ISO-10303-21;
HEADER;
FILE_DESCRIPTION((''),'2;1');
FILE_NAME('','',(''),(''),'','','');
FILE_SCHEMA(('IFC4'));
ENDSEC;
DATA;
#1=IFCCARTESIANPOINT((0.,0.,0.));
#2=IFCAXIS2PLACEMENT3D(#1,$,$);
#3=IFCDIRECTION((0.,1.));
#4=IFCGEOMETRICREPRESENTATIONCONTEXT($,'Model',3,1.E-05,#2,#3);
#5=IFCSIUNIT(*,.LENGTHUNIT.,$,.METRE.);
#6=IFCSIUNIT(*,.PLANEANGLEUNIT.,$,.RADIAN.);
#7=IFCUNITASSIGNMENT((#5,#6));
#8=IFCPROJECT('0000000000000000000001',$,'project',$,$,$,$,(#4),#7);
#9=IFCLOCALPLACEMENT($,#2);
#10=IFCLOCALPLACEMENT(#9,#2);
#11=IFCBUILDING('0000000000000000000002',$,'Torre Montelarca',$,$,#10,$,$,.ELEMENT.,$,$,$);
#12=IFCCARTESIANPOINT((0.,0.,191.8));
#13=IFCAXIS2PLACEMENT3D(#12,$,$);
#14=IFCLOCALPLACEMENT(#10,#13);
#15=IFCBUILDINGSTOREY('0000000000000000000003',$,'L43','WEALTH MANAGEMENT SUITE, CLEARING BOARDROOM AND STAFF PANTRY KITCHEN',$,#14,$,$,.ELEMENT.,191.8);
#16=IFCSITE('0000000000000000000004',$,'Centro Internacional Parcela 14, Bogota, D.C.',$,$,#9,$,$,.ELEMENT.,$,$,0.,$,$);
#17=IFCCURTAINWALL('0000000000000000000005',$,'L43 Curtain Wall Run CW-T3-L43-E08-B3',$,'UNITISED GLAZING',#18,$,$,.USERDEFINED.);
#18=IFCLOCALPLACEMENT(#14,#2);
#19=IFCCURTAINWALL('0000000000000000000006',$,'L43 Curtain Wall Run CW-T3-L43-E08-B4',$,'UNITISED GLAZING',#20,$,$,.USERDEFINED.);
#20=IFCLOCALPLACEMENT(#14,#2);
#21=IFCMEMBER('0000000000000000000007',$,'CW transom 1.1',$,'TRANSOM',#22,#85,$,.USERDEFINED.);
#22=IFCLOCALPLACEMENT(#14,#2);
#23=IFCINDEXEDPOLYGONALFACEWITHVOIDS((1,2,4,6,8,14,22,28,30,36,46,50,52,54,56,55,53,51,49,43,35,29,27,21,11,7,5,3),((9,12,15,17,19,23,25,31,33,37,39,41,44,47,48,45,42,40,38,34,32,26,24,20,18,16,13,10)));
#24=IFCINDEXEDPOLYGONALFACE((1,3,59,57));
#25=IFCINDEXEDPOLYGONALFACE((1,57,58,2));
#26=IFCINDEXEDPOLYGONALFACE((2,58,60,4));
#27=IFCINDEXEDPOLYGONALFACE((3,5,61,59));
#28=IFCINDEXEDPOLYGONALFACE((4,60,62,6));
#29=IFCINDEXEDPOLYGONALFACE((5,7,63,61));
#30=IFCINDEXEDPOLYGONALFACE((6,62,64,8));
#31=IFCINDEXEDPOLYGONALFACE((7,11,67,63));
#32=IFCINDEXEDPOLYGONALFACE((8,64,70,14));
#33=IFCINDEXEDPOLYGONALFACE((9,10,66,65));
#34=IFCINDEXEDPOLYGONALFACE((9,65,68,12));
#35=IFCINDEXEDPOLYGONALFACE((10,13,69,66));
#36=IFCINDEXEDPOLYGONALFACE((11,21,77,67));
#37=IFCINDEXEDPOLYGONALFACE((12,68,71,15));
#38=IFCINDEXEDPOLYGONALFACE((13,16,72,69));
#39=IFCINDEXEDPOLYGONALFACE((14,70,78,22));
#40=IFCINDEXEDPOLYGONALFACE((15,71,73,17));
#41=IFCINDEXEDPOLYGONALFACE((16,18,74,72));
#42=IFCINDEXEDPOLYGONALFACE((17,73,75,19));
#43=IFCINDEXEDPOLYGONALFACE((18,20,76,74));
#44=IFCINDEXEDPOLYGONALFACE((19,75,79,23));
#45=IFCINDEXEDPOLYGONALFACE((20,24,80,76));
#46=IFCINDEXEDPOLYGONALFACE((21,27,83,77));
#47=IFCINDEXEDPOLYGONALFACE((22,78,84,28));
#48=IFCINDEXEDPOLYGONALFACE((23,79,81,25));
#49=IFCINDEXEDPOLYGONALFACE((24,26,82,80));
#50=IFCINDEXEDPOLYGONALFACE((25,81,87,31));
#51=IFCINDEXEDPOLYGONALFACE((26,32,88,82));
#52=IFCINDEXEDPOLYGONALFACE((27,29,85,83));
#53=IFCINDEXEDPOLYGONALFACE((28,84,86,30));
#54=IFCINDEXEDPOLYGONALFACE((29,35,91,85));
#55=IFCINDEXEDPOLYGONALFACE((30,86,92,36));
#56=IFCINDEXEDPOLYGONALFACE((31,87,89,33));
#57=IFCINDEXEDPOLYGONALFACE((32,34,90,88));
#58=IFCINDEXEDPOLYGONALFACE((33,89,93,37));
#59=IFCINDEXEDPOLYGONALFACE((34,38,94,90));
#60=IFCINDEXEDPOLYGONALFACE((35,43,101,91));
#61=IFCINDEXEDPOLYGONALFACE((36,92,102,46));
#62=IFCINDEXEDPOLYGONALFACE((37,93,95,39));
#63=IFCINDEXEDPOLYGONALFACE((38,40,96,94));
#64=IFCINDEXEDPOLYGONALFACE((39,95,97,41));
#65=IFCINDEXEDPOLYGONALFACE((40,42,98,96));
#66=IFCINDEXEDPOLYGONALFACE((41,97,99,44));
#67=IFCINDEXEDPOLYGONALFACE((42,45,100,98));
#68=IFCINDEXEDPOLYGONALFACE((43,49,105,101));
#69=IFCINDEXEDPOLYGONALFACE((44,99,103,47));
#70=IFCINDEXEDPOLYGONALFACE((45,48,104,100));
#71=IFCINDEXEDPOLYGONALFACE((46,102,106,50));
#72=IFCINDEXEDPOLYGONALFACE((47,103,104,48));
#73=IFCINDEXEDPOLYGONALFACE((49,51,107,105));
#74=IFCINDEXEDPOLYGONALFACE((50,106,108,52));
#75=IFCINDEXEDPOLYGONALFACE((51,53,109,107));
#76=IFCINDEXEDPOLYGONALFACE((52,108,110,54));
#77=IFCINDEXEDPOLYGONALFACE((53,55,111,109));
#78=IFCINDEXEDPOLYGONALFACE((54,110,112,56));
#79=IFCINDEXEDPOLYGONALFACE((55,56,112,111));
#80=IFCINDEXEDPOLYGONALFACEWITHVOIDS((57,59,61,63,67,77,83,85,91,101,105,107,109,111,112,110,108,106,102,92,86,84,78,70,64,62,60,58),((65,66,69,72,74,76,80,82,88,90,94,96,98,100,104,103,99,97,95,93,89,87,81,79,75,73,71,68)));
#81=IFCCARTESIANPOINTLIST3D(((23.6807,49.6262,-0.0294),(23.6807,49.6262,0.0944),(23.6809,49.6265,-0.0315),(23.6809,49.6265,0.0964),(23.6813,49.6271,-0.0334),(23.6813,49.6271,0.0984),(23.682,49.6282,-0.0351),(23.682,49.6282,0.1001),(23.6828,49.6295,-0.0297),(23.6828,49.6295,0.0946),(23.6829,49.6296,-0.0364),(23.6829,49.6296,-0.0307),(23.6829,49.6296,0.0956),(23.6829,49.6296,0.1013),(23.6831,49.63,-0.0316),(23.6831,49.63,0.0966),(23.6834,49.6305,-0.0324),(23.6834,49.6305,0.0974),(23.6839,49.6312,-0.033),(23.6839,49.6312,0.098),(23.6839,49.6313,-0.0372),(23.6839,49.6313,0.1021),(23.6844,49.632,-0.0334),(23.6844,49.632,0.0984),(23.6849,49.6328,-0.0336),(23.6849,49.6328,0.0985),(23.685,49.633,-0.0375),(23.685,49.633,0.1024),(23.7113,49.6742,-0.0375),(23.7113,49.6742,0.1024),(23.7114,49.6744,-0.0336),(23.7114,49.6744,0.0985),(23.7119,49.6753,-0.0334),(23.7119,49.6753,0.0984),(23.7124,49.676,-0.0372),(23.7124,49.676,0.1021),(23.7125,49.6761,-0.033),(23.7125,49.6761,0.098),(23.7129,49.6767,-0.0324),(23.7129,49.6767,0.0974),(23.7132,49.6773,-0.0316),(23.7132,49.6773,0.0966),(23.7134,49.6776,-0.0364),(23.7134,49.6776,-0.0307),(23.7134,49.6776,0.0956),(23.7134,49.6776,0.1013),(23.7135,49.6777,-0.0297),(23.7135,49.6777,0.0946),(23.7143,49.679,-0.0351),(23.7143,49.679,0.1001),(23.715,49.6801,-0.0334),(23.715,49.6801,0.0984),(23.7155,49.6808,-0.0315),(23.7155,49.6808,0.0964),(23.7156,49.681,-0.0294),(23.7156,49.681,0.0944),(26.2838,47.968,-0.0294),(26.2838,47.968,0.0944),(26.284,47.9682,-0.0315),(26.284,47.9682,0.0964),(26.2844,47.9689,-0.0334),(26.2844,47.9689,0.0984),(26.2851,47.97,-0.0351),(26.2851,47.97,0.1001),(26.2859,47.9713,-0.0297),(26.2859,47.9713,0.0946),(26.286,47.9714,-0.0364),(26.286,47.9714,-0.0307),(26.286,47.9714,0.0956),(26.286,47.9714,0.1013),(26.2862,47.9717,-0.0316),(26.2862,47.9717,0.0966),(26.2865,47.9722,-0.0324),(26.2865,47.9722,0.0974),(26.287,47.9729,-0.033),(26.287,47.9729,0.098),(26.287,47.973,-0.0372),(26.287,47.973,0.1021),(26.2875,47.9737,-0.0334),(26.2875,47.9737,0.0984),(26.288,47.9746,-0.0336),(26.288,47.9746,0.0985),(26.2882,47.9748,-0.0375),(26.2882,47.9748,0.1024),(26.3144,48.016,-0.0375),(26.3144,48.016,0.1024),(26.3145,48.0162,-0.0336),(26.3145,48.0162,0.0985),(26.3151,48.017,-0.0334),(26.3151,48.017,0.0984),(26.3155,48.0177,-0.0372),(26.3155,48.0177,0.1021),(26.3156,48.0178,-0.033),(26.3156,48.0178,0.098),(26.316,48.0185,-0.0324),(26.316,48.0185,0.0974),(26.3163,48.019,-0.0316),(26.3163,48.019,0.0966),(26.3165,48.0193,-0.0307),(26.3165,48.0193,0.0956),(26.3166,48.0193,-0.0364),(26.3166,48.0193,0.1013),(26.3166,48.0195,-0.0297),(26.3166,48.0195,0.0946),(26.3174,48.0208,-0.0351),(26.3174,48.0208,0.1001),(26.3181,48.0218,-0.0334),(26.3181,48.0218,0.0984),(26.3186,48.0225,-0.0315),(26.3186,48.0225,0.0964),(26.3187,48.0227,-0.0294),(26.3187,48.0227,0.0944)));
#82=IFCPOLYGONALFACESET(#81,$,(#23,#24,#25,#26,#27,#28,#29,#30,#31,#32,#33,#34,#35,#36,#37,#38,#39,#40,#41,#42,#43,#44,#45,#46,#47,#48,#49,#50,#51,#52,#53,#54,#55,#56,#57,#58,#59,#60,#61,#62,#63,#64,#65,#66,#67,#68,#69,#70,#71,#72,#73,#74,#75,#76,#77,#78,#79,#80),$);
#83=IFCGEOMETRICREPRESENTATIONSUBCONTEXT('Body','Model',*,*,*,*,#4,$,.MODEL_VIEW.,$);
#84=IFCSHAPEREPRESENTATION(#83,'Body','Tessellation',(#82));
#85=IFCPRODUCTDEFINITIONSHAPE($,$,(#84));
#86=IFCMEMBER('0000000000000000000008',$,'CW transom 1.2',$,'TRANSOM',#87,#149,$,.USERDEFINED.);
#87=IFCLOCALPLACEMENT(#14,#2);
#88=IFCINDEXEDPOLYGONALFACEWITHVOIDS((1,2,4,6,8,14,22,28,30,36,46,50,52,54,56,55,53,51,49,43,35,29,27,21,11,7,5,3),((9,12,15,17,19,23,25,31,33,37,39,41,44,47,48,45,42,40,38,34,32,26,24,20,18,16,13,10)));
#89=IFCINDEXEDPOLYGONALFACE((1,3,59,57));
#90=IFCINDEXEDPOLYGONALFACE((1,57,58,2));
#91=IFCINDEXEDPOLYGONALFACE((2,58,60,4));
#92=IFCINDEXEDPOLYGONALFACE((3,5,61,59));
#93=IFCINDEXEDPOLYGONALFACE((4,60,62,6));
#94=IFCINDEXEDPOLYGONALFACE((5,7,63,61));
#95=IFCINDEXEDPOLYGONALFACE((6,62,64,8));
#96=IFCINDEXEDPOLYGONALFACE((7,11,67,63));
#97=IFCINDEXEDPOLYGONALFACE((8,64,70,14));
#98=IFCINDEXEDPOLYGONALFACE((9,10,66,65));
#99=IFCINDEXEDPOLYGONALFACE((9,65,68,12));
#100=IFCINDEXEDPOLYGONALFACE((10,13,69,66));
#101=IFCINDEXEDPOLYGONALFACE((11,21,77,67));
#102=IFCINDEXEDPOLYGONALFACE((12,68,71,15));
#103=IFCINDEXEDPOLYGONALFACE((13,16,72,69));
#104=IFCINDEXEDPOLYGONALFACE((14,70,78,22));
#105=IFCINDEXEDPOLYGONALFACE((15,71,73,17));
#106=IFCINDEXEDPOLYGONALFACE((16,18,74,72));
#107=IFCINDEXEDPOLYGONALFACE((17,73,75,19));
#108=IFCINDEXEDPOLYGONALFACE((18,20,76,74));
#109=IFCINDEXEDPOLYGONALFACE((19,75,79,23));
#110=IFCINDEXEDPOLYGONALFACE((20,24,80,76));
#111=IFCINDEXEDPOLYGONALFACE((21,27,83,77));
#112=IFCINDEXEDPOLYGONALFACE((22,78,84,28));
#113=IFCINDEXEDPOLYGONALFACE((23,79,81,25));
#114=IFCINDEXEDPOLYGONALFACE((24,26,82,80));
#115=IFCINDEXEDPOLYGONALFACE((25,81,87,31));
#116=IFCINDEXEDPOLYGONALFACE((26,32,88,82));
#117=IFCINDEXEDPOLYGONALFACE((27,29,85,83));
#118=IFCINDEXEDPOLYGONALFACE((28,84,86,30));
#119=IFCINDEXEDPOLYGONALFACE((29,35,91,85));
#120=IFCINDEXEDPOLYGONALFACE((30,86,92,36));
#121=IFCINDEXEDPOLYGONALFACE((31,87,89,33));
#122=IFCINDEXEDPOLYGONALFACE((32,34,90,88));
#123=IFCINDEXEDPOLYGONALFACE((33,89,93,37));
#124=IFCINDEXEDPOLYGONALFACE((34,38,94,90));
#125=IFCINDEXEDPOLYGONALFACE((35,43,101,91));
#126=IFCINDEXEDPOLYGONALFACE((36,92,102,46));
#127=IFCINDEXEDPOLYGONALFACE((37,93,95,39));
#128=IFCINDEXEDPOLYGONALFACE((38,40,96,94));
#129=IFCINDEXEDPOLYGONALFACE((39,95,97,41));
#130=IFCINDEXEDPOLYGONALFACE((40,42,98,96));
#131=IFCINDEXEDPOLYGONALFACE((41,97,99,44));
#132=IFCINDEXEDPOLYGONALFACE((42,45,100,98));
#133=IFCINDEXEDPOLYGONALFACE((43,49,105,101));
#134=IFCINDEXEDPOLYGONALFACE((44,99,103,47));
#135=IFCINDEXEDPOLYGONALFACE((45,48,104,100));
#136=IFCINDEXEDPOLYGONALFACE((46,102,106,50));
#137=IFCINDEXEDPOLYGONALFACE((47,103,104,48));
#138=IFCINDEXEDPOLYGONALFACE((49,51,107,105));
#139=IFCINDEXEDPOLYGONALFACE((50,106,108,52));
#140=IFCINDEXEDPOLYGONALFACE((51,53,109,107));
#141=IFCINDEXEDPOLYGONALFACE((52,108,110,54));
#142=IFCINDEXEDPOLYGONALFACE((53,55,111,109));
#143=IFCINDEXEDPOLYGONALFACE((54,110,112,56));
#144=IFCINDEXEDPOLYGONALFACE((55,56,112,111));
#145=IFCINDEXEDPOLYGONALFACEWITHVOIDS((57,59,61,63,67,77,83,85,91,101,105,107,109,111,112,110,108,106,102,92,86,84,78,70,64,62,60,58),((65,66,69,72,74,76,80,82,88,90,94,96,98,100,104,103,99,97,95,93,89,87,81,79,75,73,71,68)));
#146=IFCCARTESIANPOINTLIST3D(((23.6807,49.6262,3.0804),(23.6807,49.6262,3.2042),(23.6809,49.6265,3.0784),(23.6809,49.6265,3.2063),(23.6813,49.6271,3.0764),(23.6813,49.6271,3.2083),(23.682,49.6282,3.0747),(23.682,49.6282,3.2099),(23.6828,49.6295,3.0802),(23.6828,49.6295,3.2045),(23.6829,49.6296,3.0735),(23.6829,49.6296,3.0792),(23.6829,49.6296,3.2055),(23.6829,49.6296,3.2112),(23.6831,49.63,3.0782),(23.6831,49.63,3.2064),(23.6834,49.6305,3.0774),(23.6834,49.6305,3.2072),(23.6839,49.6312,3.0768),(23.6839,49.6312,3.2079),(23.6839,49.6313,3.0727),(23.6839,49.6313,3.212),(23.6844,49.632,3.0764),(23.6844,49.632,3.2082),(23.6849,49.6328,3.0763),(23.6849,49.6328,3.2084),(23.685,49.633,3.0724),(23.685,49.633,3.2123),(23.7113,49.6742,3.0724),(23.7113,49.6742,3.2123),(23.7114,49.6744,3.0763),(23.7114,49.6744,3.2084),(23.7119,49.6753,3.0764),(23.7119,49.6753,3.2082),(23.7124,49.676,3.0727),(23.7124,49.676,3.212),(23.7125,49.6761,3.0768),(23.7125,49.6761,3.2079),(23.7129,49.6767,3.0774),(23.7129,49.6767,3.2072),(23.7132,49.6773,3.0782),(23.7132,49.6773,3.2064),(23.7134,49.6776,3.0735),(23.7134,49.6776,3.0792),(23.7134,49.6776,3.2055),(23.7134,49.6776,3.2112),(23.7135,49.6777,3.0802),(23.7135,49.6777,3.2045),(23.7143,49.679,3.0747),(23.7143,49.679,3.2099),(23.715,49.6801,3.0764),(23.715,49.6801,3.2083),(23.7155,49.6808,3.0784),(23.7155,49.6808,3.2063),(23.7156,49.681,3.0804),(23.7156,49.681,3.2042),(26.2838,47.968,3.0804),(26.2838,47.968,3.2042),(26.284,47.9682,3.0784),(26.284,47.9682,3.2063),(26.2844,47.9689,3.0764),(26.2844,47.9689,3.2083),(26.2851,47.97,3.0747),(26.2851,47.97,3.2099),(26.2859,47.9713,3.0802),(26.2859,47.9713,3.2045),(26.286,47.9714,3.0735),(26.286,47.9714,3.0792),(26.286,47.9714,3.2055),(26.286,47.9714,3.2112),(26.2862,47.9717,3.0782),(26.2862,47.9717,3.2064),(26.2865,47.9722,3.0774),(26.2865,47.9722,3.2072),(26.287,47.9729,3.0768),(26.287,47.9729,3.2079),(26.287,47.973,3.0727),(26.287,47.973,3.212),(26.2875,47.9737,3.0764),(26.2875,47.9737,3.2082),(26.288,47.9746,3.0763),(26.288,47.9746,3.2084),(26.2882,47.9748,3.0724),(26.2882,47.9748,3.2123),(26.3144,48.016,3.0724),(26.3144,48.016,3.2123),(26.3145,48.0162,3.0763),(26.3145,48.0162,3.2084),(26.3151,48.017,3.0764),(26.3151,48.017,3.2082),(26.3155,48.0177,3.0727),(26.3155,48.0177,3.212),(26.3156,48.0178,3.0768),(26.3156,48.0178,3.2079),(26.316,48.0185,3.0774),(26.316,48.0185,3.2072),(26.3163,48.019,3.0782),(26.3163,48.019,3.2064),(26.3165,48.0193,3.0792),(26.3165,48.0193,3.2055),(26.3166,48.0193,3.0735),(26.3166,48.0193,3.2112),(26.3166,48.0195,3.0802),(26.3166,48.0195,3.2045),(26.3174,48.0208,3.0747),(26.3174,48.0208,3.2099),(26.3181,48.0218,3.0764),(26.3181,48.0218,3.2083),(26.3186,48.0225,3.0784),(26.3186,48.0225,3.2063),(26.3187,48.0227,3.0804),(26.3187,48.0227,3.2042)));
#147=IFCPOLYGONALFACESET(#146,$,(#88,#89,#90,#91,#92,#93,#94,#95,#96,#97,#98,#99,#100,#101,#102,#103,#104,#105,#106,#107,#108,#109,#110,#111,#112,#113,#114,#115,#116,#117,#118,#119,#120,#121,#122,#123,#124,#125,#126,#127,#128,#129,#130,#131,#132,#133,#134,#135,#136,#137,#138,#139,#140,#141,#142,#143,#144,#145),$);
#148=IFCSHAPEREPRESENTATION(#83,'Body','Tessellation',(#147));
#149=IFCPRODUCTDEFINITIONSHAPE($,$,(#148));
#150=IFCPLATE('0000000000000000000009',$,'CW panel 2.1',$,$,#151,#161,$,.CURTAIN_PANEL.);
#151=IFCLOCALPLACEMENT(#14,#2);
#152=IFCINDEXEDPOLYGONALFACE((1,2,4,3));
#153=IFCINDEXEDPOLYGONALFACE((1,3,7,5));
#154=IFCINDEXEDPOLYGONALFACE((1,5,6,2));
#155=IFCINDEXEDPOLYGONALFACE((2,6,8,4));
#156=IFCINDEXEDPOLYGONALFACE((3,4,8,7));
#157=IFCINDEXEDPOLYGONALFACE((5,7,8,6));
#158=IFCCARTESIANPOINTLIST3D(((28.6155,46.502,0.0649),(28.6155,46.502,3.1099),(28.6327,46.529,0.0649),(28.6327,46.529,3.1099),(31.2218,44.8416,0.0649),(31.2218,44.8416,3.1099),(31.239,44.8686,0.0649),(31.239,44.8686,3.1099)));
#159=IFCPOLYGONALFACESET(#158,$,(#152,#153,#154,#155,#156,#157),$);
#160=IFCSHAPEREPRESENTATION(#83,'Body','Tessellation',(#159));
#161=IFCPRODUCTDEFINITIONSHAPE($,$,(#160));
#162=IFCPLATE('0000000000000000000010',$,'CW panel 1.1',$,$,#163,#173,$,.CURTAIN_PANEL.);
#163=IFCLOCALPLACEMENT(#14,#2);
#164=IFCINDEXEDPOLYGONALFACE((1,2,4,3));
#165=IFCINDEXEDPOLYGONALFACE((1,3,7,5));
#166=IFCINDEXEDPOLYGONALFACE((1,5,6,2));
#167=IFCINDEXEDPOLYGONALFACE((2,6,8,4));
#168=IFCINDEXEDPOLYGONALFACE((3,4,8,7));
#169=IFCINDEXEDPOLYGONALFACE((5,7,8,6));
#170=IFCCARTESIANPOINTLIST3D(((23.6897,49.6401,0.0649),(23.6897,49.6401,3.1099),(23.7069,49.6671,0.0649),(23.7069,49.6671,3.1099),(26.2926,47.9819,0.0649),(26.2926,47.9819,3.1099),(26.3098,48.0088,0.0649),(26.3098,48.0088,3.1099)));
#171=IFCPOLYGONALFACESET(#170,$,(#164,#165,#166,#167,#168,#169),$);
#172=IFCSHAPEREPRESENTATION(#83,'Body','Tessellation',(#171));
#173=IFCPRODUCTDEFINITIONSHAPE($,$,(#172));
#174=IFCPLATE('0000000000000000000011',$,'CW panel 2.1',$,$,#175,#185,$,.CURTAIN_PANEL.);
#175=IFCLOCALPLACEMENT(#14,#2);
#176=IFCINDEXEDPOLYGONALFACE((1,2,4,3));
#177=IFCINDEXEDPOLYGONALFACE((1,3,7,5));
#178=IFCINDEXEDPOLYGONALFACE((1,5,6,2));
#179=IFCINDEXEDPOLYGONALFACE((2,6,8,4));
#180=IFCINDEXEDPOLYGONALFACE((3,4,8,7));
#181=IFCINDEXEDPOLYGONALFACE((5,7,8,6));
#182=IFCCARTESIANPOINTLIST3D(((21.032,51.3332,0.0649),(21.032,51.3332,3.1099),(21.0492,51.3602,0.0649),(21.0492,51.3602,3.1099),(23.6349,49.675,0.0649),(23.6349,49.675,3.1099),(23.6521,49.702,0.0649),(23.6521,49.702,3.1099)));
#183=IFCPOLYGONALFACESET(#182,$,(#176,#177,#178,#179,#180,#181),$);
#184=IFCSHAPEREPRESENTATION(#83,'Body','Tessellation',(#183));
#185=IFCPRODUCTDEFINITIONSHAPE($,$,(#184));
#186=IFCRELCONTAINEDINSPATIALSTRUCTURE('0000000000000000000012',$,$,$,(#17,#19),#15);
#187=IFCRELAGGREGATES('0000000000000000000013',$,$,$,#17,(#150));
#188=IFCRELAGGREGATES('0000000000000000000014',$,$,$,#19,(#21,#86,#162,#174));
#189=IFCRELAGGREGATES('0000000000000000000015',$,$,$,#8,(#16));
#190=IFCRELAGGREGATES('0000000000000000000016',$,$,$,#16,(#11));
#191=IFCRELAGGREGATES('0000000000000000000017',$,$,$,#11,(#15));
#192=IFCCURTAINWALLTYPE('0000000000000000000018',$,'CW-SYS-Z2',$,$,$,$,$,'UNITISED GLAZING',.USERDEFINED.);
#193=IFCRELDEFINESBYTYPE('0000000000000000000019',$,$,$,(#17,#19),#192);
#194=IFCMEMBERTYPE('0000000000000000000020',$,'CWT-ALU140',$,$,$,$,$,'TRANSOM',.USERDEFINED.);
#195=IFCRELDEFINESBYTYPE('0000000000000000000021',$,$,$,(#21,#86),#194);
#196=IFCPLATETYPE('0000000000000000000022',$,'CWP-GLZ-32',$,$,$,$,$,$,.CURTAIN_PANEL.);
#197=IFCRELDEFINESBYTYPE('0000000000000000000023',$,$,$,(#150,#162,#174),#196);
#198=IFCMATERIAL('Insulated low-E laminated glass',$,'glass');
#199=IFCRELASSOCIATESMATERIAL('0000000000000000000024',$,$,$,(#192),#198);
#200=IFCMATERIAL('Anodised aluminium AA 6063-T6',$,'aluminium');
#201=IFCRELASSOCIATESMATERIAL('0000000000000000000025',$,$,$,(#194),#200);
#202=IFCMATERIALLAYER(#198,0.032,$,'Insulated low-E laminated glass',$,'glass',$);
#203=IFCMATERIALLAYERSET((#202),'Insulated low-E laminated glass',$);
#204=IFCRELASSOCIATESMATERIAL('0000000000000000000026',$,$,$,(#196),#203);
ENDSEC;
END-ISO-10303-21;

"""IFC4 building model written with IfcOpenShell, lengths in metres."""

from ifc_helpers import new_model, si_unit, direction, frame, origin, origin_2d, place, context, subcontext, project, spatial, rectangle, hollow_rectangle, extrude, source, transform, mapped, material, layer, layer_set, material_profile, profile_set, type_object, element, aggregate, save


model = new_model("IFC4")

# Units and contexts
model_context = context("Model", 3, precision=1e-05, world=origin(), true_north=direction((0.0, 1.0)))
body_context = subcontext(model_context, "Body", "Model", "MODEL_VIEW")
ifc_project = project(units=[si_unit("LENGTHUNIT", "METRE"), si_unit("PLANEANGLEUNIT", "RADIAN")], contexts=[model_context])

# Site, building, storey
site_placement = place(None, origin())
site = spatial("IfcSite", under=ifc_project, at=site_placement, Name="Centro Internacional Parcela 14, Bogota, D.C.", CompositionType="ELEMENT", RefElevation=0.0)
building_placement = place(site_placement, origin())
building = spatial("IfcBuilding", under=site, at=building_placement, Name="Torre Montelarca", CompositionType="ELEMENT")
storey_placement = place(building_placement, frame((0.0, 0.0, 191.8)))
storey = spatial("IfcBuildingStorey", under=building, at=storey_placement, Name="L43", Description="WEALTH MANAGEMENT SUITE, CLEARING BOARDROOM AND STAFF PANTRY KITCHEN", CompositionType="ELEMENT", Elevation=191.8)

# Curtain wall
ifc_material_1 = material(Name="Insulated low-E laminated glass", Category="glass")
curtain_wall_type = type_object("IfcCurtainWallType", Name="CW-SYS-Z2", ElementType="UNITISED GLAZING", PredefinedType="USERDEFINED", material=ifc_material_1)
curtain_wall_1_placement = place(storey_placement, origin())
curtain_wall_1 = element("IfcCurtainWall", 1, at=curtain_wall_1_placement, inside=storey, type_object=curtain_wall_type, Name="L43 Curtain Wall Run CW-T3-L43-E08-B3", ObjectType="UNITISED GLAZING", PredefinedType="USERDEFINED")
ifc_material_2 = material(Name="Anodised aluminium AA 6063-T6", Category="aluminium")

# Curtain wall
curtain_wall_2_placement = place(storey_placement, origin())
curtain_wall_2 = element("IfcCurtainWall", 2, at=curtain_wall_2_placement, inside=storey, type_object=curtain_wall_type, Name="L43 Curtain Wall Run CW-T3-L43-E08-B4", ObjectType="UNITISED GLAZING", PredefinedType="USERDEFINED")

# Members
ifc_material_profile_1 = material_profile(ifc_material_2, hollow_rectangle(XDim=0.0649, YDim=0.1399, WallThickness=0.0039, InnerFilletRadius=0.0039, OuterFilletRadius=0.0081, at=origin_2d()), Name="ALU65X140X4", Category="aluminium")
ifc_profile_set_1 = profile_set([ifc_material_profile_1], Name="Anodised aluminium AA 6063-T6")
member_type_1 = type_object("IfcMemberType", Name="CWT-ALU140", ElementType="TRANSOM", PredefinedType="USERDEFINED", material=ifc_profile_set_1)
shared_shape_1 = source(origin(), body_context, "Body", "SweptSolid", [
    extrude(hollow_rectangle(XDim=0.0649, YDim=0.1399, WallThickness=0.0039, InnerFilletRadius=0.0039, OuterFilletRadius=0.0081, at=origin_2d()), origin(), (0.0, 0.0, 1.0), 3.0864),
])
member_1_placement = place(storey_placement, frame((26.3013, 47.9954, 0.0325), z_axis=(-0.843407, 0.537275, 0.0), x_axis=(-0.537275, -0.843407, 0.0)))
member_1 = element("IfcMember", 3, at=member_1_placement, type_object=member_type_1, Name="CW transom 1.1", ObjectType="TRANSOM", PredefinedType="USERDEFINED", context=body_context, shape_type="MappedRepresentation", body=[
    mapped(shared_shape_1, transform((0.0, 0.0, 0.0), scale=1.0)),
])
member_2_placement = place(storey_placement, frame((26.3013, 47.9954, 3.1423), z_axis=(-0.843407, 0.537275, 0.0), x_axis=(-0.537275, -0.843407, 0.0)))
member_2 = element("IfcMember", 4, at=member_2_placement, type_object=member_type_1, Name="CW transom 1.2", ObjectType="TRANSOM", PredefinedType="USERDEFINED", context=body_context, shape_type="MappedRepresentation", body=[
    mapped(shared_shape_1, transform((0.0, 0.0, 0.0), scale=1.0)),
])

# Plates
ifc_layer_1 = layer(ifc_material_1, 0.032, Name="Insulated low-E laminated glass", Category="glass")
ifc_layer_set_1 = layer_set([ifc_layer_1], Name="Insulated low-E laminated glass")
plate_type = type_object("IfcPlateType", Name="CWP-GLZ-32", PredefinedType="CURTAIN_PANEL", material=ifc_layer_set_1)
shared_shape_2 = source(origin(), body_context, "Body", "SweptSolid", [
    extrude(rectangle(XDim=3.0903, YDim=0.032, at=origin_2d()), origin(), (0.0, 0.0, 1.0), 3.0449),
])
plate_1_placement = place(storey_placement, frame((29.9272, 45.6853, 0.0649), z_axis=(0.0, 0.0, 1.0), x_axis=(-0.843393, 0.537298, 0.0)))
plate_1 = element("IfcPlate", 5, at=plate_1_placement, type_object=plate_type, Name="CW panel 2.1", PredefinedType="CURTAIN_PANEL", context=body_context, shape_type="MappedRepresentation", body=[
    mapped(shared_shape_2, transform((0.0, 0.0, 0.0), scale=1.0)),
])
aggregate(curtain_wall_1, [plate_1])
shared_shape_3 = source(origin(), body_context, "Body", "SweptSolid", [
    extrude(rectangle(XDim=3.0862, YDim=0.032, at=origin_2d()), origin(), (0.0, 0.0, 1.0), 3.0449),
])
plate_2_placement = place(storey_placement, frame((24.9998, 48.8245, 0.0649), z_axis=(0.0, 0.0, 1.0), x_axis=(-0.843387, 0.537307, 0.0)))
plate_2 = element("IfcPlate", 6, at=plate_2_placement, type_object=plate_type, Name="CW panel 1.1", PredefinedType="CURTAIN_PANEL", context=body_context, shape_type="MappedRepresentation", body=[
    mapped(shared_shape_3, transform((0.0, 0.0, 0.0), scale=1.0)),
])
plate_3_placement = place(storey_placement, frame((22.342, 50.5176, 0.0649), z_axis=(0.0, 0.0, 1.0), x_axis=(-0.843387, 0.537307, 0.0)))
plate_3 = element("IfcPlate", 7, at=plate_3_placement, type_object=plate_type, Name="CW panel 2.1", PredefinedType="CURTAIN_PANEL", context=body_context, shape_type="MappedRepresentation", body=[
    mapped(shared_shape_3, transform((0.0, 0.0, 0.0), scale=1.0)),
])
aggregate(curtain_wall_2, [member_1, member_2, plate_2, plate_3])

save(model, "model.ifc")
